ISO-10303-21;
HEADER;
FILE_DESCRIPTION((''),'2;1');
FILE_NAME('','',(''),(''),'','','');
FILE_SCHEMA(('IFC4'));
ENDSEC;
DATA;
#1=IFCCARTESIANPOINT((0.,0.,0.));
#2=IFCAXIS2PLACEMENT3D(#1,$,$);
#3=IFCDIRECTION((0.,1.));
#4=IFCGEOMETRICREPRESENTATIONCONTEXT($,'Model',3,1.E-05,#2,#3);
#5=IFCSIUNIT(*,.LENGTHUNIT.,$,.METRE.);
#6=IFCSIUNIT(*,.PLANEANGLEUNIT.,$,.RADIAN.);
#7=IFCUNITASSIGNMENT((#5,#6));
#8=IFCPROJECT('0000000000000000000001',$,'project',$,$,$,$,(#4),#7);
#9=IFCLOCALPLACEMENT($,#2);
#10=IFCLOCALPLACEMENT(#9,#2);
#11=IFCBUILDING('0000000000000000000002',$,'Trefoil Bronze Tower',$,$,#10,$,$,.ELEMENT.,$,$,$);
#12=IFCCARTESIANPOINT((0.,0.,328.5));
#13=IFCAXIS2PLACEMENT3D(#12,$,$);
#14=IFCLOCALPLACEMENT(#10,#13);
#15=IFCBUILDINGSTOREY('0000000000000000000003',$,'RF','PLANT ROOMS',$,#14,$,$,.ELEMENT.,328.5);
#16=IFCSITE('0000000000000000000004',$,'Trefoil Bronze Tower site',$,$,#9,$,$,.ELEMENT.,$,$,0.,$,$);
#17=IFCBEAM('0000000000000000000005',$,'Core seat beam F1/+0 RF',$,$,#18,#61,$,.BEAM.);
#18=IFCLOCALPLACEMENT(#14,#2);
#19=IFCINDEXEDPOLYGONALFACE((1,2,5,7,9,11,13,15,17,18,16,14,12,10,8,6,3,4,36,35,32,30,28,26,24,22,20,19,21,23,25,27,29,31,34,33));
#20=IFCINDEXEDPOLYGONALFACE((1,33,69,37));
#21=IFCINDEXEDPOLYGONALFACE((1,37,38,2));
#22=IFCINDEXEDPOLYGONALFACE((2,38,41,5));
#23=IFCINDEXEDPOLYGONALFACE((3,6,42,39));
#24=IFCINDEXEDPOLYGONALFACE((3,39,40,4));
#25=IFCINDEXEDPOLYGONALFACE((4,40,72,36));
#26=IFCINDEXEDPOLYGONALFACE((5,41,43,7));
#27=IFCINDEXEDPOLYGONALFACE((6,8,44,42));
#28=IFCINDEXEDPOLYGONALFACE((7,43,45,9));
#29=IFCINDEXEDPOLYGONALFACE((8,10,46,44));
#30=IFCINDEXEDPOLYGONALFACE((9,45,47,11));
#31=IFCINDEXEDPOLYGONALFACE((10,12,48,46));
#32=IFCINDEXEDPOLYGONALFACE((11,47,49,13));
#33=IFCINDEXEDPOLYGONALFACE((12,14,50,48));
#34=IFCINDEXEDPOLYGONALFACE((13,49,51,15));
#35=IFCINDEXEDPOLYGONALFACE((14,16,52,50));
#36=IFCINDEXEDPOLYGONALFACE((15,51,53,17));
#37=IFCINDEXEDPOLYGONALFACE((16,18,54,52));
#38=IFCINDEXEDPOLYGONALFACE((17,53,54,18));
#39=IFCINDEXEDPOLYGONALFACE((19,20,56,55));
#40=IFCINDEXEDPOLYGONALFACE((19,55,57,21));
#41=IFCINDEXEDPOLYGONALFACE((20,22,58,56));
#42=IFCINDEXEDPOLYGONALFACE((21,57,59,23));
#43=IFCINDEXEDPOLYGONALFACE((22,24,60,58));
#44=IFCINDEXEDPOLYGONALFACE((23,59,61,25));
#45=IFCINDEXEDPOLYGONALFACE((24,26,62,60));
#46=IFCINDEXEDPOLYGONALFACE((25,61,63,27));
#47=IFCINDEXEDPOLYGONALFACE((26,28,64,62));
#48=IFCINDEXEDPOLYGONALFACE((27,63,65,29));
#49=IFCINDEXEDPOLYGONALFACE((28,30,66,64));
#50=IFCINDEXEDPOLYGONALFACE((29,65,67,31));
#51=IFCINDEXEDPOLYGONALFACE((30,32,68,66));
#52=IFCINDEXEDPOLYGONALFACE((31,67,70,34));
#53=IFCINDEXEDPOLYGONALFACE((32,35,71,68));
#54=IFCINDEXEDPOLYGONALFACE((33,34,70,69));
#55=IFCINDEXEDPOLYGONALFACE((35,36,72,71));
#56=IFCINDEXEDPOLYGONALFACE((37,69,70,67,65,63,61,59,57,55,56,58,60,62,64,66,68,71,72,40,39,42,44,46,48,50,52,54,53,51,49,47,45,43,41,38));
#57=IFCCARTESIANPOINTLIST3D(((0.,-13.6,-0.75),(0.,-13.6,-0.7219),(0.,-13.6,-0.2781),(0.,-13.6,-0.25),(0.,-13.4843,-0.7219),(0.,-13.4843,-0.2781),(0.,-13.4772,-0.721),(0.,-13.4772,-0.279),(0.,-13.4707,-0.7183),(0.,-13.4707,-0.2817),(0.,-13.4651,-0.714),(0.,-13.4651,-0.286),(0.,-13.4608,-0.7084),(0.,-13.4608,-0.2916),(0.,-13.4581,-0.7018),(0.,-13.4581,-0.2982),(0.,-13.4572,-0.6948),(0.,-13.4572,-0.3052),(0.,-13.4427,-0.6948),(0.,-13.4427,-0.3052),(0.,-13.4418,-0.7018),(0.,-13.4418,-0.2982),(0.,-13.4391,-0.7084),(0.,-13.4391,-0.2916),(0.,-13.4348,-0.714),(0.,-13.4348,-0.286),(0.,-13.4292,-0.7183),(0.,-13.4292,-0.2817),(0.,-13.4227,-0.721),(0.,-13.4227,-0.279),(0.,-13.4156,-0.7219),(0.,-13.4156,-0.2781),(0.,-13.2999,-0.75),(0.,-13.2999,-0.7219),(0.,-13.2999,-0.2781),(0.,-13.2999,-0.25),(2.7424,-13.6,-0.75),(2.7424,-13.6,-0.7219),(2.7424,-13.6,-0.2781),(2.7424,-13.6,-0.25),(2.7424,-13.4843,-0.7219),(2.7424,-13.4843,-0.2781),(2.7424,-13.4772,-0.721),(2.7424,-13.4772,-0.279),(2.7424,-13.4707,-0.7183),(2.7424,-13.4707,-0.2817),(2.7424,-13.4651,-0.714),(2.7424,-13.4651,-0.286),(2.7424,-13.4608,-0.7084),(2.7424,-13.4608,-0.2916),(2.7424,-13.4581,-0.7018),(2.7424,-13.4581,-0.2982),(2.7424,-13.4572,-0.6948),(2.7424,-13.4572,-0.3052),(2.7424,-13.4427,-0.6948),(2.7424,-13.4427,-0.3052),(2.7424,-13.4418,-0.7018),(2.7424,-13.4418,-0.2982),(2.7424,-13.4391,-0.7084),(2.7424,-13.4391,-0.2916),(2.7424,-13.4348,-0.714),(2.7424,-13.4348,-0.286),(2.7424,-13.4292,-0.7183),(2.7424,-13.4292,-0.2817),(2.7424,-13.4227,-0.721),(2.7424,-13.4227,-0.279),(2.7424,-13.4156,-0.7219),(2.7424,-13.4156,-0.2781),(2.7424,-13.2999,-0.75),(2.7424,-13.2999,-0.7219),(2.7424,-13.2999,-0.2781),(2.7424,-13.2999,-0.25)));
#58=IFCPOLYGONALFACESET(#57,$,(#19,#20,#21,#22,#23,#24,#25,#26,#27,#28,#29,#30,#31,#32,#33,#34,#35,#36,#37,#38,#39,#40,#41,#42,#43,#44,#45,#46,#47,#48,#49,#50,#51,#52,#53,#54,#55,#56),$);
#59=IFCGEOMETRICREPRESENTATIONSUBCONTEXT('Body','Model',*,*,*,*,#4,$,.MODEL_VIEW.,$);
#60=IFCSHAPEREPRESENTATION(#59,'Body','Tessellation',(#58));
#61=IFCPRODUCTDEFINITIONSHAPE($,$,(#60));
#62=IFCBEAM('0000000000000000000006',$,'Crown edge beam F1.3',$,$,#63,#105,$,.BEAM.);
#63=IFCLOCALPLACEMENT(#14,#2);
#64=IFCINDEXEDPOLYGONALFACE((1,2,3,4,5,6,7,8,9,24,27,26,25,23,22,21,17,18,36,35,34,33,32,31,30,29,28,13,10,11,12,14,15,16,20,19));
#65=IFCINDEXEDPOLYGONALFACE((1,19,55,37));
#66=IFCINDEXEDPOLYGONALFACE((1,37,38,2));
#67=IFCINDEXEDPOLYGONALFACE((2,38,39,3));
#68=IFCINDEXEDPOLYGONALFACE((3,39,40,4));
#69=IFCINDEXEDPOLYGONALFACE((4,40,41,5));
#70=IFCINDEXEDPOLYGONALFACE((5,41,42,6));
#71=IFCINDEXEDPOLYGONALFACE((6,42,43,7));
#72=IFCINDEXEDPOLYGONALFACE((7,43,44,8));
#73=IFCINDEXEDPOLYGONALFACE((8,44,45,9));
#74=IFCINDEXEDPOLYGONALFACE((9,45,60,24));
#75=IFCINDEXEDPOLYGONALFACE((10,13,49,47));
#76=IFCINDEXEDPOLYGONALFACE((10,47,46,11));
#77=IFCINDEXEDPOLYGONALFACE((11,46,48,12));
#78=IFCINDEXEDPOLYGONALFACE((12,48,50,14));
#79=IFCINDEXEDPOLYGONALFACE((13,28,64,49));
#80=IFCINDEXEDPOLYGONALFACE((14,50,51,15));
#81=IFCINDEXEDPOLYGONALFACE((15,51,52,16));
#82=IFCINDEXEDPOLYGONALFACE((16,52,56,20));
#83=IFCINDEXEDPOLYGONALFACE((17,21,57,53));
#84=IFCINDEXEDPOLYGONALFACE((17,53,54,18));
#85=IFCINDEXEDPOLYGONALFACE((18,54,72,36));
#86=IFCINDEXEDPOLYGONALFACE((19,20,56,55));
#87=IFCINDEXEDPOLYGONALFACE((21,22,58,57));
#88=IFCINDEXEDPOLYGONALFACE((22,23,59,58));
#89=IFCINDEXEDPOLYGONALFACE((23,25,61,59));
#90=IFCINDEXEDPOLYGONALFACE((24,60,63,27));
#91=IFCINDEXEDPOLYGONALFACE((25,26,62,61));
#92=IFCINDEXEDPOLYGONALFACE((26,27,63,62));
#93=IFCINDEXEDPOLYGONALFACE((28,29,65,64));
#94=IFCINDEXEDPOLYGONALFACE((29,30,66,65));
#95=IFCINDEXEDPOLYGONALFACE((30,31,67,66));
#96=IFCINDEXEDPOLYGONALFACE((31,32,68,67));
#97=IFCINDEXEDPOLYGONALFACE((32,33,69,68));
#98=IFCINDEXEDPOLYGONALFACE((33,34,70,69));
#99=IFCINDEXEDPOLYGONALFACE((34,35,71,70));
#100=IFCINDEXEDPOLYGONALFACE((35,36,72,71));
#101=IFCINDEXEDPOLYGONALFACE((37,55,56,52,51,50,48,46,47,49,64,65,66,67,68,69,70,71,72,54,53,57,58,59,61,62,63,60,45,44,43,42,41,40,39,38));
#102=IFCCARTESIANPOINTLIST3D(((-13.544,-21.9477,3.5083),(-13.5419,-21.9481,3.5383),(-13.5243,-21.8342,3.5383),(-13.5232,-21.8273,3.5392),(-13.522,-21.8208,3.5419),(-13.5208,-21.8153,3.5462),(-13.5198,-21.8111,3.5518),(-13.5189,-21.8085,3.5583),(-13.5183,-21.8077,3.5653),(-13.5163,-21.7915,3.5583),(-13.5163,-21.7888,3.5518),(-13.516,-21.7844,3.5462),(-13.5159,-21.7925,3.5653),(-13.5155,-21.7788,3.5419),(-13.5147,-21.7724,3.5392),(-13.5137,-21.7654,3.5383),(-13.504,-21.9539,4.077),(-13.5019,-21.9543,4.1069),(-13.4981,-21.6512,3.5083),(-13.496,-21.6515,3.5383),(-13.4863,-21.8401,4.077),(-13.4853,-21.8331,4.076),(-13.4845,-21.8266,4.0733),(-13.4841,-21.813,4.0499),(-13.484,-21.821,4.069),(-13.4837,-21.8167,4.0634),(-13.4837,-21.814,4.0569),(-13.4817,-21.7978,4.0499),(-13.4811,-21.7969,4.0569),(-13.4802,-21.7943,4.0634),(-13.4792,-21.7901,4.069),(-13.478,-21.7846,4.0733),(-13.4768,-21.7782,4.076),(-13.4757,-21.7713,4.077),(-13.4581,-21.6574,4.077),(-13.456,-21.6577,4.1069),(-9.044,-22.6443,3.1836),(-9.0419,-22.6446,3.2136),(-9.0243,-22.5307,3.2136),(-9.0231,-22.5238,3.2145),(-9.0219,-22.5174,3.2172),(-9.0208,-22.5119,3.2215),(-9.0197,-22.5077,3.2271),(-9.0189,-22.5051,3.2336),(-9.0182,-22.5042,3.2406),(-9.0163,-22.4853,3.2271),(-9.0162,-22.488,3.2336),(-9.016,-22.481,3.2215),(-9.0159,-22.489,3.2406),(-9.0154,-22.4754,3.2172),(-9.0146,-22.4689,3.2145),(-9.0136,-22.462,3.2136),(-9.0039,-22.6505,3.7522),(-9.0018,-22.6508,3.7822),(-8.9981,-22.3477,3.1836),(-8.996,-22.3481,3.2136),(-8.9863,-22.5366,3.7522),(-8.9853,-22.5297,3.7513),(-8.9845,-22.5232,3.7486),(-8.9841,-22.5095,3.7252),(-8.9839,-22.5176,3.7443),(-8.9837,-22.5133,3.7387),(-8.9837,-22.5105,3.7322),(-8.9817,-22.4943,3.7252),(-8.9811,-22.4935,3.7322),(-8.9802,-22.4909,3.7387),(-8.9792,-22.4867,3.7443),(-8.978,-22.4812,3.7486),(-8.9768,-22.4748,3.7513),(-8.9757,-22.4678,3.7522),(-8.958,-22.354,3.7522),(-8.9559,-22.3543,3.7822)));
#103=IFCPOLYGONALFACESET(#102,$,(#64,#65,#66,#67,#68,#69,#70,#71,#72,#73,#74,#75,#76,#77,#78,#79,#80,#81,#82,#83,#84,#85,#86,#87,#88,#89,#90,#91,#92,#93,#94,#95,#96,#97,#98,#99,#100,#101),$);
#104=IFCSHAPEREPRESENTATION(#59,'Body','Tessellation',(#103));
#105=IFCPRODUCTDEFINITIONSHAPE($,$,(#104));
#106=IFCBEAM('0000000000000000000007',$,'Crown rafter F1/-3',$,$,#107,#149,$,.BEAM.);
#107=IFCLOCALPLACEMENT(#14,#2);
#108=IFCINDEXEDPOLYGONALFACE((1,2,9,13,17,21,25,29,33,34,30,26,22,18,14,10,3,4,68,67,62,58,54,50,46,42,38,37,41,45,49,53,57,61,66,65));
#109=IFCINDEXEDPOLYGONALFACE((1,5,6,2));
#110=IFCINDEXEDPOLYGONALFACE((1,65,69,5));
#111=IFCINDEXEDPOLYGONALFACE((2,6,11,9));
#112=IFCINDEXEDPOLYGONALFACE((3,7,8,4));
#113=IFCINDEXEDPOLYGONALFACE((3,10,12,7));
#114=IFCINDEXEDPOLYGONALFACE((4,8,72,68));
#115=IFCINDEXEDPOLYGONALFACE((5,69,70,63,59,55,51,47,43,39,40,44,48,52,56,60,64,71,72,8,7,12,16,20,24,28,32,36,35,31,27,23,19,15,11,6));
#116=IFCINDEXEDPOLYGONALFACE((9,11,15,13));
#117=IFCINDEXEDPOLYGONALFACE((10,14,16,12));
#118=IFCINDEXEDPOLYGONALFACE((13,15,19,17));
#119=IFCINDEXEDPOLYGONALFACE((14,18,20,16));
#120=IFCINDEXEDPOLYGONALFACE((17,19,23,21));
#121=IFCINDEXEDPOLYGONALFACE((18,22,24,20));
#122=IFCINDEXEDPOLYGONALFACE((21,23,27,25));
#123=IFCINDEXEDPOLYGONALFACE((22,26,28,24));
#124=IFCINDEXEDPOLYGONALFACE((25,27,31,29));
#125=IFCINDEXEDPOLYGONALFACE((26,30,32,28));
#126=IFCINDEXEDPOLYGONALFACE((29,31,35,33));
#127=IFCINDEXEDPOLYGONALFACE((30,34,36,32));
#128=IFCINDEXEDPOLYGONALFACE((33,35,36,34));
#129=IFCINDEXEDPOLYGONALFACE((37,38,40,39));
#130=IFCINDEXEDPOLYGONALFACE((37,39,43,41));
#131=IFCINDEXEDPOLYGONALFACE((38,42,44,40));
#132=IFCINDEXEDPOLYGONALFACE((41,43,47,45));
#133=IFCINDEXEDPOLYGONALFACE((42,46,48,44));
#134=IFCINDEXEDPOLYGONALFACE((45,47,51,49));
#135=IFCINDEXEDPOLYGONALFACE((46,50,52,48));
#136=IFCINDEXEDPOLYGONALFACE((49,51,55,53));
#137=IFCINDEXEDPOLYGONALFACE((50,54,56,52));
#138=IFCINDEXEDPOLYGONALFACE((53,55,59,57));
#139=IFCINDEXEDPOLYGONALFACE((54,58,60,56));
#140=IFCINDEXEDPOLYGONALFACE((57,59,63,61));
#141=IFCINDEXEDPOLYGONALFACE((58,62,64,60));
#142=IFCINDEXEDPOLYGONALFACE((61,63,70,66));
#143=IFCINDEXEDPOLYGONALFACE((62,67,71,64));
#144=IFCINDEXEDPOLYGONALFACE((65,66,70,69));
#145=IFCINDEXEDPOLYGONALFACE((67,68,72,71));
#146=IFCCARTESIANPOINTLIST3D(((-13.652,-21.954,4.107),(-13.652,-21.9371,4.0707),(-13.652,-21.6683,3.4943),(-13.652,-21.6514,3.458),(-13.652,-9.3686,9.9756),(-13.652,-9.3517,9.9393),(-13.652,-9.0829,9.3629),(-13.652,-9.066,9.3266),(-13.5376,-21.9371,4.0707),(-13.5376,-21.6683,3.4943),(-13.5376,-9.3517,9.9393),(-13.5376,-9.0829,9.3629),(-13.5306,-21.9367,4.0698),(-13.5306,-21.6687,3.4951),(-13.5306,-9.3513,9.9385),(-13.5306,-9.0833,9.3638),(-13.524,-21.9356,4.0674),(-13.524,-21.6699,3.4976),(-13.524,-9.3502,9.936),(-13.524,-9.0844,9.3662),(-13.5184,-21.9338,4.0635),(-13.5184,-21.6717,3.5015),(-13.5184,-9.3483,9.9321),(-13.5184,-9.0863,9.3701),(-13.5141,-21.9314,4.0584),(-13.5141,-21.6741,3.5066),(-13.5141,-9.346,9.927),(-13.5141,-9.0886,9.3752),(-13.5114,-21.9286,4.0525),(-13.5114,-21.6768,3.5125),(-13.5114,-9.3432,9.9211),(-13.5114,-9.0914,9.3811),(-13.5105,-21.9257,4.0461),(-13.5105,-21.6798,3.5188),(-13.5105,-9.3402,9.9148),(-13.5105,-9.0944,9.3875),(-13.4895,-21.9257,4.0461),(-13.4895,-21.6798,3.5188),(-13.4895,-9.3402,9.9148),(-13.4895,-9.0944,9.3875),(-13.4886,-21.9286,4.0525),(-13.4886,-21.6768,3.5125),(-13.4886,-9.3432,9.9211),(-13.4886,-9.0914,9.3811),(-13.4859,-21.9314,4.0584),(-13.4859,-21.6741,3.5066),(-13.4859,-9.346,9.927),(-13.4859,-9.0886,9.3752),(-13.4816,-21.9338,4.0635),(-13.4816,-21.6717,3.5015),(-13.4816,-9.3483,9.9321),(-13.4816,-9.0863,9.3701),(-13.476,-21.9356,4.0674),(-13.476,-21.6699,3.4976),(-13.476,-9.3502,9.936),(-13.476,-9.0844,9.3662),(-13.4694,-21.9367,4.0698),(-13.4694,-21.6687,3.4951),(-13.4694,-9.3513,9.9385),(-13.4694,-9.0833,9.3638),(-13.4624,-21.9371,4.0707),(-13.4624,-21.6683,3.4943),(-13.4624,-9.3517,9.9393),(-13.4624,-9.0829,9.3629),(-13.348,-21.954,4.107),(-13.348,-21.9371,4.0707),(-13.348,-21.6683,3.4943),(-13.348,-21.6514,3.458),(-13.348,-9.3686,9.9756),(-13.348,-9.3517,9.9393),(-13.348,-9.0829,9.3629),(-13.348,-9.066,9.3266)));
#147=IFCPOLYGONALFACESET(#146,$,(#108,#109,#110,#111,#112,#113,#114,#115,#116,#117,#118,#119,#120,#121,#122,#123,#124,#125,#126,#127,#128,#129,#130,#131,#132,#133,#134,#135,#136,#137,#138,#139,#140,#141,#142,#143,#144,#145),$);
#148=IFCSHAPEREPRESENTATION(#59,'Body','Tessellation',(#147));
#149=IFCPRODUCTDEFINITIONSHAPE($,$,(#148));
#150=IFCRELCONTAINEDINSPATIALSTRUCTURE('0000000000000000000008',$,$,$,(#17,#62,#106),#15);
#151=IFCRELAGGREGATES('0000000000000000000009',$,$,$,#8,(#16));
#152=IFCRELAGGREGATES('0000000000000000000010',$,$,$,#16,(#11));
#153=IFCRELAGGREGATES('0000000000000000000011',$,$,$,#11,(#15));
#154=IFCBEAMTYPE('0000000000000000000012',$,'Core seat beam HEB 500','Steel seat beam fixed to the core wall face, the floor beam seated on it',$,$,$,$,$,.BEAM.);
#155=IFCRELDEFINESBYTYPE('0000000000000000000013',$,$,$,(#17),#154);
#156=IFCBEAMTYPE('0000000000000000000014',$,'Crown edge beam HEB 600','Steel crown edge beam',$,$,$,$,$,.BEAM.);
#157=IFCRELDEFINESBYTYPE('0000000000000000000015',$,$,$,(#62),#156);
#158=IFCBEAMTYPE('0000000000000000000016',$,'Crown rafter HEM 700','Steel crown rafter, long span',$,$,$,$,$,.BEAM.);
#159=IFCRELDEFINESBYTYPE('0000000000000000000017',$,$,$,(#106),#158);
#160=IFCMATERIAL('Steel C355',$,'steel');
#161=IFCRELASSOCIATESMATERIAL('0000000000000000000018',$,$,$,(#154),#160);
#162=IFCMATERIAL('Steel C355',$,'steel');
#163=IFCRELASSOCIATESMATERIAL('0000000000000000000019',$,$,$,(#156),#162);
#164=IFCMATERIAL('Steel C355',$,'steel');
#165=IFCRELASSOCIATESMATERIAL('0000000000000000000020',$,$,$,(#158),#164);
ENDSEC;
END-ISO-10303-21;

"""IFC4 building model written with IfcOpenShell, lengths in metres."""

from ifc_helpers import new_model, si_unit, direction, frame, origin, origin_2d, place, context, subcontext, project, spatial, i_section, extrude, material, material_profile, profile_set, type_object, element, save


model = new_model("IFC4")

# Units and contexts
model_context = context("Model", 3, precision=1e-05, world=origin(), true_north=direction((0.0, 1.0)))
body_context = subcontext(model_context, "Body", "Model", "MODEL_VIEW")
ifc_project = project(units=[si_unit("LENGTHUNIT", "METRE"), si_unit("PLANEANGLEUNIT", "RADIAN")], contexts=[model_context])

# Site, building, storey
site_placement = place(None, origin())
site = spatial("IfcSite", under=ifc_project, at=site_placement, Name="Trefoil Bronze Tower site", CompositionType="ELEMENT", RefElevation=0.0)
building_placement = place(site_placement, origin())
building = spatial("IfcBuilding", under=site, at=building_placement, Name="Trefoil Bronze Tower", CompositionType="ELEMENT")
storey_placement = place(building_placement, frame((0.0, 0.0, 328.5)))
storey = spatial("IfcBuildingStorey", under=building, at=storey_placement, Name="RF", Description="PLANT ROOMS", CompositionType="ELEMENT", Elevation=328.5)

# Beams
ifc_material_1 = material(Name="Steel C355", Category="steel")
ifc_material_profile_1 = material_profile(ifc_material_1, i_section(OverallWidth=0.3, OverallDepth=0.5, WebThickness=0.0144, FlangeThickness=0.0281, FilletRadius=0.0271, at=origin_2d()), Name="HEB 500")
ifc_profile_set_1 = profile_set([ifc_material_profile_1], Name="Steel C355")
beam_type_1 = type_object("IfcBeamType", Name="Core seat beam HEB 500", Description="Steel seat beam fixed to the core wall face, the floor beam seated on it", PredefinedType="BEAM", material=ifc_profile_set_1)
for number, where, z_axis, x_axis, name in (
    (1, (0.0, -13.45, -0.5), (1.0, 0.0, 0.0), (0.0, 1.0, 0.0), "Core seat beam F1/+0 RF"),
):
    element("IfcBeam", number, at=place(storey_placement, frame(where, z_axis=z_axis, x_axis=x_axis)), inside=storey, type_object=beam_type_1, Name=name, PredefinedType="BEAM", context=body_context, shape_type="SweptSolid", body=[
        extrude(i_section(OverallWidth=0.3, OverallDepth=0.5, WebThickness=0.0144, FlangeThickness=0.0281, FilletRadius=0.0271, at=origin_2d()), origin(), (0.0, 0.0, 1.0), 2.7424),
    ])
ifc_material_2 = material(Name="Steel C355", Category="steel")
ifc_material_profile_2 = material_profile(ifc_material_2, i_section(OverallWidth=0.3, OverallDepth=0.6001, WebThickness=0.0154, FlangeThickness=0.03, FilletRadius=0.0271, at=origin_2d()), Name="HEB 600")
ifc_profile_set_2 = profile_set([ifc_material_profile_2], Name="Steel C355")
beam_type_2 = type_object("IfcBeamType", Name="Crown edge beam HEB 600", Description="Steel crown edge beam", PredefinedType="BEAM", material=ifc_profile_set_2)
beam_1_placement = place(storey_placement, frame((-13.5, -21.8027, 3.8076), z_axis=(0.985729, -0.152576, -0.071127), x_axis=(0.152964, 0.988232, 0.0)))
element("IfcBeam", 2, at=beam_1_placement, inside=storey, type_object=beam_type_2, Name="Crown edge beam F1.3", PredefinedType="BEAM", context=body_context, shape_type="SweptSolid", body=[
    extrude(i_section(OverallWidth=0.3, OverallDepth=0.6001, WebThickness=0.0154, FlangeThickness=0.03, FilletRadius=0.0271, at=origin_2d()), origin(), (0.0, 0.0, 1.0), 4.5652),
])
ifc_material_3 = material(Name="Steel C355", Category="steel")
ifc_material_profile_3 = material_profile(ifc_material_3, i_section(OverallWidth=0.304, OverallDepth=0.7161, WebThickness=0.021, FlangeThickness=0.04, FilletRadius=0.0271, at=origin_2d()), Name="HEM 700")
ifc_profile_set_3 = profile_set([ifc_material_profile_3], Name="Steel C355")
beam_type_3 = type_object("IfcBeamType", Name="Crown rafter HEM 700", Description="Steel crown rafter, long span", PredefinedType="BEAM", material=ifc_profile_set_3)
beam_2_placement = place(storey_placement, frame((-13.5, -21.8027, 3.7825), z_axis=(0.0, 0.906309, 0.422616), x_axis=(-1.0, 0.0, 0.0)))
element("IfcBeam", 3, at=beam_2_placement, inside=storey, type_object=beam_type_3, Name="Crown rafter F1/-3", PredefinedType="BEAM", context=body_context, shape_type="SweptSolid", body=[
    extrude(i_section(OverallWidth=0.304, OverallDepth=0.7161, WebThickness=0.021, FlangeThickness=0.04, FilletRadius=0.0271, at=origin_2d()), origin(), (0.0, 0.0, 1.0), 13.8865),
])

save(model, "model.ifc")
